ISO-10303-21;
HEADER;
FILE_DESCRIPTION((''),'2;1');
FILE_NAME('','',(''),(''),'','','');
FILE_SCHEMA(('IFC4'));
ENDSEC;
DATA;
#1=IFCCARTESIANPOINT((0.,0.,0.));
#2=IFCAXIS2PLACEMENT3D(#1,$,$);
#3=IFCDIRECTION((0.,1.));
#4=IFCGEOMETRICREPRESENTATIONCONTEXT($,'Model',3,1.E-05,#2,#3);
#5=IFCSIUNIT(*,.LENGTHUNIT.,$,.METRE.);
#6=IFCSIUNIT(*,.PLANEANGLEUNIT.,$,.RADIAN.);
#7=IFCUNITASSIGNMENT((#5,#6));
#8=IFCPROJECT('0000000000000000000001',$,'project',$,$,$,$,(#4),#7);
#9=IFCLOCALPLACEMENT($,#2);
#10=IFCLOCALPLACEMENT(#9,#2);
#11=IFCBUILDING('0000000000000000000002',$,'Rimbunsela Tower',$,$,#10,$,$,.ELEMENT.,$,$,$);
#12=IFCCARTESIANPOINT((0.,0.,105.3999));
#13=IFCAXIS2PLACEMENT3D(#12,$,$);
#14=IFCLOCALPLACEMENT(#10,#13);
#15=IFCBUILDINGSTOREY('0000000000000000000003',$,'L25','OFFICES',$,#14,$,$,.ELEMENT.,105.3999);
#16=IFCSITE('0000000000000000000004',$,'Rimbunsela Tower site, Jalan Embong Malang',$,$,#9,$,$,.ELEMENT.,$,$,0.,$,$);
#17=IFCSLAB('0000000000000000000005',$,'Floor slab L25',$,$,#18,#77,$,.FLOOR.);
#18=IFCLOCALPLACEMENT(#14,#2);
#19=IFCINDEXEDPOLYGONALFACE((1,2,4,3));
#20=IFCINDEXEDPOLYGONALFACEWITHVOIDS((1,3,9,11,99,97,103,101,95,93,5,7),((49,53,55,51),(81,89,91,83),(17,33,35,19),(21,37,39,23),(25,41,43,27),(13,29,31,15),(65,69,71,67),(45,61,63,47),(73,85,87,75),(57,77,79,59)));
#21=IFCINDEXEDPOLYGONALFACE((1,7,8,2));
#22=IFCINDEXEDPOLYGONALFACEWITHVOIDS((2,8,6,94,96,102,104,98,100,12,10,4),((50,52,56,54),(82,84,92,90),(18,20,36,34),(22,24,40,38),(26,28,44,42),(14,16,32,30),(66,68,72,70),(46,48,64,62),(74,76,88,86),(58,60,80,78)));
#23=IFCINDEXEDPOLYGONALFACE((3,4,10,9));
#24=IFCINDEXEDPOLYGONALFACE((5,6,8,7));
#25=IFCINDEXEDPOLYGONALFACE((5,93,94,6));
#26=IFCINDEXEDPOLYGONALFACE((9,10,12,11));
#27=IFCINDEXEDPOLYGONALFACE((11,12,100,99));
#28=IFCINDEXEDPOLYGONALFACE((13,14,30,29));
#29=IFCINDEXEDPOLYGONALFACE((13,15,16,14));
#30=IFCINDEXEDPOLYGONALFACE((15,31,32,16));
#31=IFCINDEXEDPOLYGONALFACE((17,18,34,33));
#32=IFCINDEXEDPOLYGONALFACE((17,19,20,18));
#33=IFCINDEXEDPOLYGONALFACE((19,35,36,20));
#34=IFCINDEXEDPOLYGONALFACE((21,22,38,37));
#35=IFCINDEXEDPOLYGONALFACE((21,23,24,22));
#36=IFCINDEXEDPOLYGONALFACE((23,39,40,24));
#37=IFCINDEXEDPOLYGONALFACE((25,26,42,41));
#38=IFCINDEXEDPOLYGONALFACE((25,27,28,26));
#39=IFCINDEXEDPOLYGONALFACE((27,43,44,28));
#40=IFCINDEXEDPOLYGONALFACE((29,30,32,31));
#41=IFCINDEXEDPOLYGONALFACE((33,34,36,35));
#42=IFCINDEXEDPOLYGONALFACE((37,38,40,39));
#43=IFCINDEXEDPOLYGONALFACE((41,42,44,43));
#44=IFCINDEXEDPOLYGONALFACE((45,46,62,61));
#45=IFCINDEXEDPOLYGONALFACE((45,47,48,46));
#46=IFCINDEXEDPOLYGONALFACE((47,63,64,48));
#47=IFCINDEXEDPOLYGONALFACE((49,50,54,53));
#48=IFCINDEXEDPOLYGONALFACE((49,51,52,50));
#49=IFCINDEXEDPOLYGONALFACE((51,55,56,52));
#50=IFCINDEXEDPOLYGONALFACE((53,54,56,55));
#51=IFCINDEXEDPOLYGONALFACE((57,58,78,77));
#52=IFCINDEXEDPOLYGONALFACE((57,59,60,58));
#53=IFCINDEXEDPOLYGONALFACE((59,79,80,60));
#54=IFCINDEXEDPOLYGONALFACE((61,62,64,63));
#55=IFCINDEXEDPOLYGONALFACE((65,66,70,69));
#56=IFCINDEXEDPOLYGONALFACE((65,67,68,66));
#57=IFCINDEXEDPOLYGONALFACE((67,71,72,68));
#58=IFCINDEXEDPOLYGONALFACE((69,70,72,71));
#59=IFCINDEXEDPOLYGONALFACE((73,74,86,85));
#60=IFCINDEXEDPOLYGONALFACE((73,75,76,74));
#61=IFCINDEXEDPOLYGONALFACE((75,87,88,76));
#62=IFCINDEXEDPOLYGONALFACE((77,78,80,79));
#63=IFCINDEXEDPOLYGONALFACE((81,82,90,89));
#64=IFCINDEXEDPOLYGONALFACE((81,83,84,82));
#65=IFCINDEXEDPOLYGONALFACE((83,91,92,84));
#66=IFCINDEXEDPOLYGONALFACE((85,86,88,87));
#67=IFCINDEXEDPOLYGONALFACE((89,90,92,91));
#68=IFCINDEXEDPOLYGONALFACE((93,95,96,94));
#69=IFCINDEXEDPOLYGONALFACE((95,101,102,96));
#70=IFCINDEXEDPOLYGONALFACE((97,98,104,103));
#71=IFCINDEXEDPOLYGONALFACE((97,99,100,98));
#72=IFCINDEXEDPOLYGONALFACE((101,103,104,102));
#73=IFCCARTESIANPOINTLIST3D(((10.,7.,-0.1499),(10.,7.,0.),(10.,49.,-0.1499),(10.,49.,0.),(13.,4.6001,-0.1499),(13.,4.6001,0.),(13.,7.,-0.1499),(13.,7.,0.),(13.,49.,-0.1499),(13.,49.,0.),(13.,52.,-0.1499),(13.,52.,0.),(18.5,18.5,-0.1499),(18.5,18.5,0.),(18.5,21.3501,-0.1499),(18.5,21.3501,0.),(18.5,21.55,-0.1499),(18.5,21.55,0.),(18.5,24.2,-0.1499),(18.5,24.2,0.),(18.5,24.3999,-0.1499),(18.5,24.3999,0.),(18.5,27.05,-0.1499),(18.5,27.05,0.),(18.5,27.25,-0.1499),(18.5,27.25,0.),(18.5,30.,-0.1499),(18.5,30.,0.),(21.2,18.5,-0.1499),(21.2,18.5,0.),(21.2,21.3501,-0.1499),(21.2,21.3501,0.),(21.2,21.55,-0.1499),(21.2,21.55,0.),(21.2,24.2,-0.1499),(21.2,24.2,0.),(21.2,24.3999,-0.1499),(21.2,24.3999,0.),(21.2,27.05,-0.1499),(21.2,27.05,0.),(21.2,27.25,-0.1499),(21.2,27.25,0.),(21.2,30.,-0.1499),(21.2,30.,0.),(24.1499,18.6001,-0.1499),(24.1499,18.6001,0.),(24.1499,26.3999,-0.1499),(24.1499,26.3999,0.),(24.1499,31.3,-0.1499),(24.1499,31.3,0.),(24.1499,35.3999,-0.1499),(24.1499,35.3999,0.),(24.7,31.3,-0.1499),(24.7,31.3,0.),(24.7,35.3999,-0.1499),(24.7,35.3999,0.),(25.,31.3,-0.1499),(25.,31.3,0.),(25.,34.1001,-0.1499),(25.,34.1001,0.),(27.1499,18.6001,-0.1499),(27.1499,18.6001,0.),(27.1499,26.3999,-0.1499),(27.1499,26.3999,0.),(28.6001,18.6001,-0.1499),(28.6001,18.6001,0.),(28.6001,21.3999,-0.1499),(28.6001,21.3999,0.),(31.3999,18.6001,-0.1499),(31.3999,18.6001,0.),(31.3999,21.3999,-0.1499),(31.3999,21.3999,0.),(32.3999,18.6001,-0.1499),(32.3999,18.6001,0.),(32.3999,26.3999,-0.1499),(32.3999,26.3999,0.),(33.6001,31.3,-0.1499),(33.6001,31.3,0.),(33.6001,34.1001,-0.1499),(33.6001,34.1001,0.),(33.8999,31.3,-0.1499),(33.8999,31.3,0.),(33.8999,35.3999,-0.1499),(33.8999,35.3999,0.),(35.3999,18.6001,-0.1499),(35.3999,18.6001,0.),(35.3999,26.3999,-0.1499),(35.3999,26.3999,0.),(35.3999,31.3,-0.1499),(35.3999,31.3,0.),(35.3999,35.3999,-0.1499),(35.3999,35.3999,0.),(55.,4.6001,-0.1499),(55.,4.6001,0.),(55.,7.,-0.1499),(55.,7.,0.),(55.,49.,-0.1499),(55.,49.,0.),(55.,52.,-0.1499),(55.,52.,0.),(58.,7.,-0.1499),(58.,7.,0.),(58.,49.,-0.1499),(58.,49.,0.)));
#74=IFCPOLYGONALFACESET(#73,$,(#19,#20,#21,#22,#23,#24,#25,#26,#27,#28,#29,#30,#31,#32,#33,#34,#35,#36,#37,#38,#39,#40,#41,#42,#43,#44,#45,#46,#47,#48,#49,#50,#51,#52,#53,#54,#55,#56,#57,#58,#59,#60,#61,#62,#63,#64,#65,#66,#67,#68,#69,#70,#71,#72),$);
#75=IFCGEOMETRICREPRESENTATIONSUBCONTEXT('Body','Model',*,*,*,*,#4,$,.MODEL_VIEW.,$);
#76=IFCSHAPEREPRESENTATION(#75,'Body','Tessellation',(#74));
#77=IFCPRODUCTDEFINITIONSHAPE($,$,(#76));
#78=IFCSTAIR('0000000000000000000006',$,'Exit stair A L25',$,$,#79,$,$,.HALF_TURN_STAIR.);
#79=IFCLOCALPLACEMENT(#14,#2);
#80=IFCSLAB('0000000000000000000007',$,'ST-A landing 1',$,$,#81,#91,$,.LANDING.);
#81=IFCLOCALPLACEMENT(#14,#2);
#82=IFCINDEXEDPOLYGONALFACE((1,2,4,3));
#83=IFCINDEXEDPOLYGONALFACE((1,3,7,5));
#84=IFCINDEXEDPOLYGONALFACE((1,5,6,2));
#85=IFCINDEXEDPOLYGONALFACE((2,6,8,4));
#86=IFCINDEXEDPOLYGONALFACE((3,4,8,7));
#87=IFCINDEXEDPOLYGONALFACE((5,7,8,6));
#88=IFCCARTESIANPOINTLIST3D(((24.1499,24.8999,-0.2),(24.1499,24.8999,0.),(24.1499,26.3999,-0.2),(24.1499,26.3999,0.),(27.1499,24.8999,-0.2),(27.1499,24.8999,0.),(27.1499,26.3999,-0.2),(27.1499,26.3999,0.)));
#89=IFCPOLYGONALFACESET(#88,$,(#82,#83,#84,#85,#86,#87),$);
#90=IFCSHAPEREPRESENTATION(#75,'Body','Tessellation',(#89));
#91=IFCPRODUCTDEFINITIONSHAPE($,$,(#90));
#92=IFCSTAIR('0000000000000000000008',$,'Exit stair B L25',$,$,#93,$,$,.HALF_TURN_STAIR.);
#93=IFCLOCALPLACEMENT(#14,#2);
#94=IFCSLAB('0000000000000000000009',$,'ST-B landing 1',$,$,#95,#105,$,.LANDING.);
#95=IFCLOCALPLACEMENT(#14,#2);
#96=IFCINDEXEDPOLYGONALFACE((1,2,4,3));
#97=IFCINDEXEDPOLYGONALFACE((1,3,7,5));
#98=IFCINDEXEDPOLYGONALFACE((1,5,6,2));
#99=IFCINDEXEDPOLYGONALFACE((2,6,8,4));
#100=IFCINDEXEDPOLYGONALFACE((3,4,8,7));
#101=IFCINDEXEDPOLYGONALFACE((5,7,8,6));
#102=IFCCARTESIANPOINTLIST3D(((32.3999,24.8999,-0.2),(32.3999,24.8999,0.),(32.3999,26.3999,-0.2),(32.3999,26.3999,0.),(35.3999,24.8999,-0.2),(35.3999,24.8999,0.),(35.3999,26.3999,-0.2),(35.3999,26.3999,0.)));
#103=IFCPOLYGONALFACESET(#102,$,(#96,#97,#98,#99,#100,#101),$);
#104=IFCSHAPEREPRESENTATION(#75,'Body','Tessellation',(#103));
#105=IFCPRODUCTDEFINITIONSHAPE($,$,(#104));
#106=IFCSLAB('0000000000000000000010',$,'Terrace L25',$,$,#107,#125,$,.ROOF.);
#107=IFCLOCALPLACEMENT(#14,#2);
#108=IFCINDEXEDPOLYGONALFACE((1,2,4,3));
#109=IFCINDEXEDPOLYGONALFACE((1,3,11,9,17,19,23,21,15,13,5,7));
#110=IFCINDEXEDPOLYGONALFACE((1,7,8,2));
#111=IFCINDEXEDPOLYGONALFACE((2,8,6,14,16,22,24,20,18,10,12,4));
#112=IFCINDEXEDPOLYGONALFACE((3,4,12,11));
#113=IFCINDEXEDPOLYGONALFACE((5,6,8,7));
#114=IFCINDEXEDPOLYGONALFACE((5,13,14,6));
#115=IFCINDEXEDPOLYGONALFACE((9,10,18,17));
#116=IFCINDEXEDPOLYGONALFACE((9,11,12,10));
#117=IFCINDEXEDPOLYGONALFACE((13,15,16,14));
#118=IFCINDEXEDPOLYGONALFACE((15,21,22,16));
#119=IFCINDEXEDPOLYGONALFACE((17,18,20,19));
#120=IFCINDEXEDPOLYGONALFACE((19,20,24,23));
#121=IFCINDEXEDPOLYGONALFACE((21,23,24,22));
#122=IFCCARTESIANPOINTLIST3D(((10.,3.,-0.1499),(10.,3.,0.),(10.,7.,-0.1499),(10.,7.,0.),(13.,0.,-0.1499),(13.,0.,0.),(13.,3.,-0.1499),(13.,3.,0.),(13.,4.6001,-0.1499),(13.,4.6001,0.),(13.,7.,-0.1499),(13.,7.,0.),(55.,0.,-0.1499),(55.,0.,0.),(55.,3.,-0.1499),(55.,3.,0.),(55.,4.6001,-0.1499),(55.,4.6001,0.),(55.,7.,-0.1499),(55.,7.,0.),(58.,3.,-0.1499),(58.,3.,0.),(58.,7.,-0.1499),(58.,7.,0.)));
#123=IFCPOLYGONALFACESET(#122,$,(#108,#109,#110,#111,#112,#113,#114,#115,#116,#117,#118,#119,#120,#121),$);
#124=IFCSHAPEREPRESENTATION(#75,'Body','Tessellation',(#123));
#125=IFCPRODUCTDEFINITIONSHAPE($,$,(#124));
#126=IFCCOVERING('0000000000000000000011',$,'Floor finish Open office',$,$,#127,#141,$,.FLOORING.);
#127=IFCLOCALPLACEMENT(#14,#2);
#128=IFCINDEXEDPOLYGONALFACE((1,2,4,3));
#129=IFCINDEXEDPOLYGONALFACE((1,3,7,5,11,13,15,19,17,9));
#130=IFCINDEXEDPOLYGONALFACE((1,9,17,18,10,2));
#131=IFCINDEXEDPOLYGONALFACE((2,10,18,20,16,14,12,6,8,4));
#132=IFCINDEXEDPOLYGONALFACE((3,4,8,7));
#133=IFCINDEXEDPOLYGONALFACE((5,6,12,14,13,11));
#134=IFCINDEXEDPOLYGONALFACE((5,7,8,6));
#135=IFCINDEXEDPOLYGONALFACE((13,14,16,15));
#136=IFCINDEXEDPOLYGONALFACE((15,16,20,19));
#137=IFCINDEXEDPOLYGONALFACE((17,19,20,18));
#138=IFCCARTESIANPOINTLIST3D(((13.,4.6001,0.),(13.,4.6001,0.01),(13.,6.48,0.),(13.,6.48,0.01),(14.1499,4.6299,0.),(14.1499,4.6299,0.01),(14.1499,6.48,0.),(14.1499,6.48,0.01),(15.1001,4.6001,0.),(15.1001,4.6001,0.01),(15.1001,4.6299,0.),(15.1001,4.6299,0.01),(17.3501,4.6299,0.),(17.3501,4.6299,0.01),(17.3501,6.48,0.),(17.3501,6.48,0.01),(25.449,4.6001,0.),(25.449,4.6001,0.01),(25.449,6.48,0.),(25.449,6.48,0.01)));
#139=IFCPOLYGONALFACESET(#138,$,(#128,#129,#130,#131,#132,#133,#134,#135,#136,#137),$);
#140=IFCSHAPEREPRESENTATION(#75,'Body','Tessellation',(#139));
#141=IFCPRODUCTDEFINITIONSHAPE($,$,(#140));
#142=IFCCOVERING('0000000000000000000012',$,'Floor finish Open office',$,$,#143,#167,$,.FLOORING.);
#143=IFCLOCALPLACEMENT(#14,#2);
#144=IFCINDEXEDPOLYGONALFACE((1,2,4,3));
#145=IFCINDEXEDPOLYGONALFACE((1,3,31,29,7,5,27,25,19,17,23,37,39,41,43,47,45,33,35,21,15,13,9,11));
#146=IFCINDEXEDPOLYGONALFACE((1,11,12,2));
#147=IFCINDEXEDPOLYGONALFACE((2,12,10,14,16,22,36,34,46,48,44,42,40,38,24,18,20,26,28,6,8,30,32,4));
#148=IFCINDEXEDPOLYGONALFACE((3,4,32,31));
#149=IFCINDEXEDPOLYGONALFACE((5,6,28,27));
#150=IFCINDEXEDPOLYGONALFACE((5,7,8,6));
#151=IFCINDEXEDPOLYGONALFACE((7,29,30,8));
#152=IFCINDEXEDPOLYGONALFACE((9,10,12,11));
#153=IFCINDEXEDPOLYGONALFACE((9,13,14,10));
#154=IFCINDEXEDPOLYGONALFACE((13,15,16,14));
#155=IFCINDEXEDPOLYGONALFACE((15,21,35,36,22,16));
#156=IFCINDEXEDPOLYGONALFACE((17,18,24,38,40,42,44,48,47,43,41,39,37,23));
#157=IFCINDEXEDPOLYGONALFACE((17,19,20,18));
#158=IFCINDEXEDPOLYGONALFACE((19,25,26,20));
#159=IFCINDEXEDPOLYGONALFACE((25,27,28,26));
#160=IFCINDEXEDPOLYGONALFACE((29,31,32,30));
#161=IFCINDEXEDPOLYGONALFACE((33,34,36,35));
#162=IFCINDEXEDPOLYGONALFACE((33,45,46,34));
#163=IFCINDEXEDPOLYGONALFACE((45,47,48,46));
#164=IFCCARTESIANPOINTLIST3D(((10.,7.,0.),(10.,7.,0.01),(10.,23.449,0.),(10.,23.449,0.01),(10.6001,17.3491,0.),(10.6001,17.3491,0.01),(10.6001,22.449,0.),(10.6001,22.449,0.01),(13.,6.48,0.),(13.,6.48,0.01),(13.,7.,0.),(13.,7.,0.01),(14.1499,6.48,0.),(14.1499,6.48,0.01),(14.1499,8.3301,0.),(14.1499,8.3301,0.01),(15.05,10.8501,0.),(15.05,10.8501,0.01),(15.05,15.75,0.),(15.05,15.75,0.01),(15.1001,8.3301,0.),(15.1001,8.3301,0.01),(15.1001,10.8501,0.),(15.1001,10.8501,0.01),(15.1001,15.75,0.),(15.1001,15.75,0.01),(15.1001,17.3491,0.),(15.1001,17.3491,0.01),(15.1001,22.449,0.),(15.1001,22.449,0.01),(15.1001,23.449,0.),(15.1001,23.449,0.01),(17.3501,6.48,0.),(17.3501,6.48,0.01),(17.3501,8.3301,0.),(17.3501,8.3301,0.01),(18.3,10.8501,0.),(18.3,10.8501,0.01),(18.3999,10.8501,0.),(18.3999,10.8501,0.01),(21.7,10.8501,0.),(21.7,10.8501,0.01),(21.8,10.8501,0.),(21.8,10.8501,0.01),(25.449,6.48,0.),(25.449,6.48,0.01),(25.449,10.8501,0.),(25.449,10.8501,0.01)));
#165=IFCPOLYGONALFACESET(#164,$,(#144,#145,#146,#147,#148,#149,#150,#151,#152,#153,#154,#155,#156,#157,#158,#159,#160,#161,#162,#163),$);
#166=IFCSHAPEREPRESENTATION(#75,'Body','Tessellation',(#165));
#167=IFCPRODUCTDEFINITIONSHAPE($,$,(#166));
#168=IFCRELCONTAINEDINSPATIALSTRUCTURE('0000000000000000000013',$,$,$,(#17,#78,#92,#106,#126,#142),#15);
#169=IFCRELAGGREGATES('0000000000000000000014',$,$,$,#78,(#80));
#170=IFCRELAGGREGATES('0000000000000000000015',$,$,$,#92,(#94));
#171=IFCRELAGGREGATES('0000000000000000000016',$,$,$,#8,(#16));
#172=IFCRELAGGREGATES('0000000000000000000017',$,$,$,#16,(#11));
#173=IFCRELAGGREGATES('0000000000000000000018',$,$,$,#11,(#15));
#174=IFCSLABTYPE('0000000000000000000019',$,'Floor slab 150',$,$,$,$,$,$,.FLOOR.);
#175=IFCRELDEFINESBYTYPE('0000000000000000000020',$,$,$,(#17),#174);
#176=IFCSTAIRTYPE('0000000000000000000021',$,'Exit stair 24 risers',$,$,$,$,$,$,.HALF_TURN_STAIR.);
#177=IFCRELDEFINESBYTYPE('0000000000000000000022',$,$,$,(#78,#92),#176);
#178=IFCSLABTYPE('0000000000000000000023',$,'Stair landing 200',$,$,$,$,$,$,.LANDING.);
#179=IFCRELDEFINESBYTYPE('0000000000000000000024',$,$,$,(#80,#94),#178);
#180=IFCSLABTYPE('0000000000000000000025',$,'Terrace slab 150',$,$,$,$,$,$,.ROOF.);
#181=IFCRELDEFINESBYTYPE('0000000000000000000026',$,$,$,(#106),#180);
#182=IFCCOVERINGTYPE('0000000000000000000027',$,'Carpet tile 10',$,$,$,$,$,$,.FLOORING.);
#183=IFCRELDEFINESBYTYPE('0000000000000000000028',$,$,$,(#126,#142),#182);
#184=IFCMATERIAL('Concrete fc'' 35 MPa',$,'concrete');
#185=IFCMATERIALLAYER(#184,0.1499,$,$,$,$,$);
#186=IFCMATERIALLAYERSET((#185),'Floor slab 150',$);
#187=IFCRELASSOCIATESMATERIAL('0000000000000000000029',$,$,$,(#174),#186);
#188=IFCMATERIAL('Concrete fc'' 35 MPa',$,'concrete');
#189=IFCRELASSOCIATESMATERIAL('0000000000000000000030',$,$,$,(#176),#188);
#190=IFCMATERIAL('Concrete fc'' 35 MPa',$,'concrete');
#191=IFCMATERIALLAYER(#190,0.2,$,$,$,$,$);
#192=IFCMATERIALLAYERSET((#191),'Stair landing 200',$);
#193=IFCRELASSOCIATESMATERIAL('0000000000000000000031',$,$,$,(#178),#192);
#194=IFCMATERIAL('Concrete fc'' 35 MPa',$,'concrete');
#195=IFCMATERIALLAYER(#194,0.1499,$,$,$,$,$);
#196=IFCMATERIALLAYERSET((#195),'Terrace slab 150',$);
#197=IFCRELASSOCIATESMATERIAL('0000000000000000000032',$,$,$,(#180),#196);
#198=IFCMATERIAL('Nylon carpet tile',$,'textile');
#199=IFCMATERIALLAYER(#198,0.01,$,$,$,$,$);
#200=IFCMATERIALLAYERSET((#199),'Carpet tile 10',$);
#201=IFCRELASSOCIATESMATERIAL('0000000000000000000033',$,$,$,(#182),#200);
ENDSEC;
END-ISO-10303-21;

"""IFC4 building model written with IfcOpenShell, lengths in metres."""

from ifc_helpers import new_model, si_unit, direction, frame, origin, place, context, subcontext, project, spatial, polyline, outline, extrude, material, layer, layer_set, type_object, element, aggregate, save


model = new_model("IFC4")

# Units and contexts
model_context = context("Model", 3, precision=1e-05, world=origin(), true_north=direction((0.0, 1.0)))
body_context = subcontext(model_context, "Body", "Model", "MODEL_VIEW")
ifc_project = project(units=[si_unit("LENGTHUNIT", "METRE"), si_unit("PLANEANGLEUNIT", "RADIAN")], contexts=[model_context])

# Site, building, storey
site_placement = place(None, origin())
site = spatial("IfcSite", under=ifc_project, at=site_placement, Name="Rimbunsela Tower site, Jalan Embong Malang", CompositionType="ELEMENT", RefElevation=0.0)
building_placement = place(site_placement, origin())
building = spatial("IfcBuilding", under=site, at=building_placement, Name="Rimbunsela Tower", CompositionType="ELEMENT")
storey_placement = place(building_placement, frame((0.0, 0.0, 105.3999)))
storey = spatial("IfcBuildingStorey", under=building, at=storey_placement, Name="L25", Description="OFFICES", CompositionType="ELEMENT", Elevation=105.3999)

# Slab
ifc_material_1 = material(Name="Concrete fc' 35 MPa", Category="concrete")
ifc_layer_1 = layer(ifc_material_1, 0.1499)
ifc_layer_set_1 = layer_set([ifc_layer_1], Name="Floor slab 150")
slab_type_1 = type_object("IfcSlabType", Name="Floor slab 150", PredefinedType="FLOOR", material=ifc_layer_set_1)
slab_1_placement = place(storey_placement, frame((0.0, 0.0, -0.1499)))
element("IfcSlab", 1, at=slab_1_placement, inside=storey, type_object=slab_type_1, Name="Floor slab L25", PredefinedType="FLOOR", context=body_context, shape_type="SweptSolid", body=[
    extrude(outline(polyline([(13.0, 7.0), (13.0, 4.6001), (55.0, 4.6001), (55.0, 7.0), (58.0, 7.0), (58.0, 49.0), (55.0, 49.0), (55.0, 52.0), (13.0, 52.0), (13.0, 49.0), (10.0, 49.0), (10.0, 7.0), (13.0, 7.0)]), holes=[polyline([(21.2, 21.3501), (18.5, 21.3501), (18.5, 18.5), (21.2, 18.5), (21.2, 21.3501)]), polyline([(21.2, 21.55), (21.2, 24.2), (18.5, 24.2), (18.5, 21.55), (21.2, 21.55)]), polyline([(21.2, 27.05), (18.5, 27.05), (18.5, 24.3999), (21.2, 24.3999), (21.2, 27.05)]), polyline([(21.2, 27.25), (21.2, 30.0), (18.5, 30.0), (18.5, 27.25), (21.2, 27.25)]), polyline([(27.1499, 18.6001), (27.1499, 26.3999), (24.1499, 26.3999), (24.1499, 18.6001), (27.1499, 18.6001)]), polyline([(24.7, 31.3), (24.7, 35.3999), (24.1499, 35.3999), (24.1499, 31.3), (24.7, 31.3)]), polyline([(25.0, 34.1001), (25.0, 31.3), (33.6001, 31.3), (33.6001, 34.1001), (25.0, 34.1001)]), polyline([(31.3999, 21.3999), (28.6001, 21.3999), (28.6001, 18.6001), (31.3999, 18.6001), (31.3999, 21.3999)]), polyline([(35.3999, 18.6001), (35.3999, 26.3999), (32.3999, 26.3999), (32.3999, 18.6001), (35.3999, 18.6001)]), polyline([(35.3999, 31.3), (35.3999, 35.3999), (33.8999, 35.3999), (33.8999, 31.3), (35.3999, 31.3)])]), origin(), (0.0, 0.0, 1.0), 0.1499),
])

# Stairs, slabs
ifc_material_2 = material(Name="Concrete fc' 35 MPa", Category="concrete")
stair_type = type_object("IfcStairType", Name="Exit stair 24 risers", PredefinedType="HALF_TURN_STAIR", material=ifc_material_2)
stair_1_placement = place(storey_placement, origin())
stair_1 = element("IfcStair", 2, at=stair_1_placement, inside=storey, type_object=stair_type, Name="Exit stair A L25", PredefinedType="HALF_TURN_STAIR")
ifc_material_3 = material(Name="Concrete fc' 35 MPa", Category="concrete")
ifc_layer_2 = layer(ifc_material_3, 0.2)
ifc_layer_set_2 = layer_set([ifc_layer_2], Name="Stair landing 200")
slab_type_2 = type_object("IfcSlabType", Name="Stair landing 200", PredefinedType="LANDING", material=ifc_layer_set_2)
slab_2_placement = place(storey_placement, frame((0.0, 0.0, -0.2)))
slab_2 = element("IfcSlab", 3, at=slab_2_placement, type_object=slab_type_2, Name="ST-A landing 1", PredefinedType="LANDING", context=body_context, shape_type="SweptSolid", body=[
    extrude(outline(polyline([(24.1499, 24.8999), (27.1499, 24.8999), (27.1499, 26.3999), (24.1499, 26.3999), (24.1499, 24.8999)])), origin(), (0.0, 0.0, 1.0), 0.2),
])
aggregate(stair_1, [slab_2])
stair_2_placement = place(storey_placement, origin())
stair_2 = element("IfcStair", 4, at=stair_2_placement, inside=storey, type_object=stair_type, Name="Exit stair B L25", PredefinedType="HALF_TURN_STAIR")
slab_3_placement = place(storey_placement, frame((0.0, 0.0, -0.2)))
slab_3 = element("IfcSlab", 5, at=slab_3_placement, type_object=slab_type_2, Name="ST-B landing 1", PredefinedType="LANDING", context=body_context, shape_type="SweptSolid", body=[
    extrude(outline(polyline([(32.3999, 24.8999), (35.3999, 24.8999), (35.3999, 26.3999), (32.3999, 26.3999), (32.3999, 24.8999)])), origin(), (0.0, 0.0, 1.0), 0.2),
])
aggregate(stair_2, [slab_3])

# Slab
ifc_material_4 = material(Name="Concrete fc' 35 MPa", Category="concrete")
ifc_layer_3 = layer(ifc_material_4, 0.1499)
ifc_layer_set_3 = layer_set([ifc_layer_3], Name="Terrace slab 150")
slab_type_3 = type_object("IfcSlabType", Name="Terrace slab 150", PredefinedType="ROOF", material=ifc_layer_set_3)
slab_4_placement = place(storey_placement, frame((0.0, 0.0, -0.1499)))
element("IfcSlab", 6, at=slab_4_placement, inside=storey, type_object=slab_type_3, Name="Terrace L25", PredefinedType="ROOF", context=body_context, shape_type="SweptSolid", body=[
    extrude(outline(polyline([(58.0, 3.0), (55.0, 3.0), (55.0, 0.0), (13.0, 0.0), (13.0, 3.0), (10.0, 3.0), (10.0, 7.0), (13.0, 7.0), (13.0, 4.6001), (55.0, 4.6001), (55.0, 7.0), (58.0, 7.0), (58.0, 3.0)])), origin(), (0.0, 0.0, 1.0), 0.1499),
])

# Coverings
ifc_material_5 = material(Name="Nylon carpet tile", Category="textile")
ifc_layer_4 = layer(ifc_material_5, 0.01)
ifc_layer_set_4 = layer_set([ifc_layer_4], Name="Carpet tile 10")
covering_type_1 = type_object("IfcCoveringType", Name="Carpet tile 10", PredefinedType="FLOORING", material=ifc_layer_set_4)
covering_1_placement = place(storey_placement, origin())
element("IfcCovering", 7, at=covering_1_placement, inside=storey, type_object=covering_type_1, Name="Floor finish Open office", PredefinedType="FLOORING", context=body_context, shape_type="SweptSolid", body=[
    extrude(outline(polyline([(25.449, 6.48), (25.449, 4.6001), (15.1001, 4.6001), (13.0, 4.6001), (13.0, 6.48), (14.1499, 6.48), (14.1499, 4.6299), (15.1001, 4.6299), (17.3501, 4.6299), (17.3501, 6.48), (25.449, 6.48)])), origin(), (0.0, 0.0, 1.0), 0.01),
])
covering_2_placement = place(storey_placement, origin())
element("IfcCovering", 8, at=covering_2_placement, inside=storey, type_object=covering_type_1, Name="Floor finish Open office", PredefinedType="FLOORING", context=body_context, shape_type="SweptSolid", body=[
    extrude(outline(polyline([(18.3999, 10.8501), (21.7, 10.8501), (21.8, 10.8501), (25.449, 10.8501), (25.449, 6.48), (17.3501, 6.48), (17.3501, 8.3301), (15.1001, 8.3301), (14.1499, 8.3301), (14.1499, 6.48), (13.0, 6.48), (13.0, 7.0), (10.0, 7.0), (10.0, 23.449), (15.1001, 23.449), (15.1001, 22.449), (10.6001, 22.449), (10.6001, 17.3491), (15.1001, 17.3491), (15.1001, 15.75), (15.05, 15.75), (15.05, 10.8501), (15.1001, 10.8501), (18.3, 10.8501), (18.3999, 10.8501)])), origin(), (0.0, 0.0, 1.0), 0.01),
])

save(model, "model.ifc")
